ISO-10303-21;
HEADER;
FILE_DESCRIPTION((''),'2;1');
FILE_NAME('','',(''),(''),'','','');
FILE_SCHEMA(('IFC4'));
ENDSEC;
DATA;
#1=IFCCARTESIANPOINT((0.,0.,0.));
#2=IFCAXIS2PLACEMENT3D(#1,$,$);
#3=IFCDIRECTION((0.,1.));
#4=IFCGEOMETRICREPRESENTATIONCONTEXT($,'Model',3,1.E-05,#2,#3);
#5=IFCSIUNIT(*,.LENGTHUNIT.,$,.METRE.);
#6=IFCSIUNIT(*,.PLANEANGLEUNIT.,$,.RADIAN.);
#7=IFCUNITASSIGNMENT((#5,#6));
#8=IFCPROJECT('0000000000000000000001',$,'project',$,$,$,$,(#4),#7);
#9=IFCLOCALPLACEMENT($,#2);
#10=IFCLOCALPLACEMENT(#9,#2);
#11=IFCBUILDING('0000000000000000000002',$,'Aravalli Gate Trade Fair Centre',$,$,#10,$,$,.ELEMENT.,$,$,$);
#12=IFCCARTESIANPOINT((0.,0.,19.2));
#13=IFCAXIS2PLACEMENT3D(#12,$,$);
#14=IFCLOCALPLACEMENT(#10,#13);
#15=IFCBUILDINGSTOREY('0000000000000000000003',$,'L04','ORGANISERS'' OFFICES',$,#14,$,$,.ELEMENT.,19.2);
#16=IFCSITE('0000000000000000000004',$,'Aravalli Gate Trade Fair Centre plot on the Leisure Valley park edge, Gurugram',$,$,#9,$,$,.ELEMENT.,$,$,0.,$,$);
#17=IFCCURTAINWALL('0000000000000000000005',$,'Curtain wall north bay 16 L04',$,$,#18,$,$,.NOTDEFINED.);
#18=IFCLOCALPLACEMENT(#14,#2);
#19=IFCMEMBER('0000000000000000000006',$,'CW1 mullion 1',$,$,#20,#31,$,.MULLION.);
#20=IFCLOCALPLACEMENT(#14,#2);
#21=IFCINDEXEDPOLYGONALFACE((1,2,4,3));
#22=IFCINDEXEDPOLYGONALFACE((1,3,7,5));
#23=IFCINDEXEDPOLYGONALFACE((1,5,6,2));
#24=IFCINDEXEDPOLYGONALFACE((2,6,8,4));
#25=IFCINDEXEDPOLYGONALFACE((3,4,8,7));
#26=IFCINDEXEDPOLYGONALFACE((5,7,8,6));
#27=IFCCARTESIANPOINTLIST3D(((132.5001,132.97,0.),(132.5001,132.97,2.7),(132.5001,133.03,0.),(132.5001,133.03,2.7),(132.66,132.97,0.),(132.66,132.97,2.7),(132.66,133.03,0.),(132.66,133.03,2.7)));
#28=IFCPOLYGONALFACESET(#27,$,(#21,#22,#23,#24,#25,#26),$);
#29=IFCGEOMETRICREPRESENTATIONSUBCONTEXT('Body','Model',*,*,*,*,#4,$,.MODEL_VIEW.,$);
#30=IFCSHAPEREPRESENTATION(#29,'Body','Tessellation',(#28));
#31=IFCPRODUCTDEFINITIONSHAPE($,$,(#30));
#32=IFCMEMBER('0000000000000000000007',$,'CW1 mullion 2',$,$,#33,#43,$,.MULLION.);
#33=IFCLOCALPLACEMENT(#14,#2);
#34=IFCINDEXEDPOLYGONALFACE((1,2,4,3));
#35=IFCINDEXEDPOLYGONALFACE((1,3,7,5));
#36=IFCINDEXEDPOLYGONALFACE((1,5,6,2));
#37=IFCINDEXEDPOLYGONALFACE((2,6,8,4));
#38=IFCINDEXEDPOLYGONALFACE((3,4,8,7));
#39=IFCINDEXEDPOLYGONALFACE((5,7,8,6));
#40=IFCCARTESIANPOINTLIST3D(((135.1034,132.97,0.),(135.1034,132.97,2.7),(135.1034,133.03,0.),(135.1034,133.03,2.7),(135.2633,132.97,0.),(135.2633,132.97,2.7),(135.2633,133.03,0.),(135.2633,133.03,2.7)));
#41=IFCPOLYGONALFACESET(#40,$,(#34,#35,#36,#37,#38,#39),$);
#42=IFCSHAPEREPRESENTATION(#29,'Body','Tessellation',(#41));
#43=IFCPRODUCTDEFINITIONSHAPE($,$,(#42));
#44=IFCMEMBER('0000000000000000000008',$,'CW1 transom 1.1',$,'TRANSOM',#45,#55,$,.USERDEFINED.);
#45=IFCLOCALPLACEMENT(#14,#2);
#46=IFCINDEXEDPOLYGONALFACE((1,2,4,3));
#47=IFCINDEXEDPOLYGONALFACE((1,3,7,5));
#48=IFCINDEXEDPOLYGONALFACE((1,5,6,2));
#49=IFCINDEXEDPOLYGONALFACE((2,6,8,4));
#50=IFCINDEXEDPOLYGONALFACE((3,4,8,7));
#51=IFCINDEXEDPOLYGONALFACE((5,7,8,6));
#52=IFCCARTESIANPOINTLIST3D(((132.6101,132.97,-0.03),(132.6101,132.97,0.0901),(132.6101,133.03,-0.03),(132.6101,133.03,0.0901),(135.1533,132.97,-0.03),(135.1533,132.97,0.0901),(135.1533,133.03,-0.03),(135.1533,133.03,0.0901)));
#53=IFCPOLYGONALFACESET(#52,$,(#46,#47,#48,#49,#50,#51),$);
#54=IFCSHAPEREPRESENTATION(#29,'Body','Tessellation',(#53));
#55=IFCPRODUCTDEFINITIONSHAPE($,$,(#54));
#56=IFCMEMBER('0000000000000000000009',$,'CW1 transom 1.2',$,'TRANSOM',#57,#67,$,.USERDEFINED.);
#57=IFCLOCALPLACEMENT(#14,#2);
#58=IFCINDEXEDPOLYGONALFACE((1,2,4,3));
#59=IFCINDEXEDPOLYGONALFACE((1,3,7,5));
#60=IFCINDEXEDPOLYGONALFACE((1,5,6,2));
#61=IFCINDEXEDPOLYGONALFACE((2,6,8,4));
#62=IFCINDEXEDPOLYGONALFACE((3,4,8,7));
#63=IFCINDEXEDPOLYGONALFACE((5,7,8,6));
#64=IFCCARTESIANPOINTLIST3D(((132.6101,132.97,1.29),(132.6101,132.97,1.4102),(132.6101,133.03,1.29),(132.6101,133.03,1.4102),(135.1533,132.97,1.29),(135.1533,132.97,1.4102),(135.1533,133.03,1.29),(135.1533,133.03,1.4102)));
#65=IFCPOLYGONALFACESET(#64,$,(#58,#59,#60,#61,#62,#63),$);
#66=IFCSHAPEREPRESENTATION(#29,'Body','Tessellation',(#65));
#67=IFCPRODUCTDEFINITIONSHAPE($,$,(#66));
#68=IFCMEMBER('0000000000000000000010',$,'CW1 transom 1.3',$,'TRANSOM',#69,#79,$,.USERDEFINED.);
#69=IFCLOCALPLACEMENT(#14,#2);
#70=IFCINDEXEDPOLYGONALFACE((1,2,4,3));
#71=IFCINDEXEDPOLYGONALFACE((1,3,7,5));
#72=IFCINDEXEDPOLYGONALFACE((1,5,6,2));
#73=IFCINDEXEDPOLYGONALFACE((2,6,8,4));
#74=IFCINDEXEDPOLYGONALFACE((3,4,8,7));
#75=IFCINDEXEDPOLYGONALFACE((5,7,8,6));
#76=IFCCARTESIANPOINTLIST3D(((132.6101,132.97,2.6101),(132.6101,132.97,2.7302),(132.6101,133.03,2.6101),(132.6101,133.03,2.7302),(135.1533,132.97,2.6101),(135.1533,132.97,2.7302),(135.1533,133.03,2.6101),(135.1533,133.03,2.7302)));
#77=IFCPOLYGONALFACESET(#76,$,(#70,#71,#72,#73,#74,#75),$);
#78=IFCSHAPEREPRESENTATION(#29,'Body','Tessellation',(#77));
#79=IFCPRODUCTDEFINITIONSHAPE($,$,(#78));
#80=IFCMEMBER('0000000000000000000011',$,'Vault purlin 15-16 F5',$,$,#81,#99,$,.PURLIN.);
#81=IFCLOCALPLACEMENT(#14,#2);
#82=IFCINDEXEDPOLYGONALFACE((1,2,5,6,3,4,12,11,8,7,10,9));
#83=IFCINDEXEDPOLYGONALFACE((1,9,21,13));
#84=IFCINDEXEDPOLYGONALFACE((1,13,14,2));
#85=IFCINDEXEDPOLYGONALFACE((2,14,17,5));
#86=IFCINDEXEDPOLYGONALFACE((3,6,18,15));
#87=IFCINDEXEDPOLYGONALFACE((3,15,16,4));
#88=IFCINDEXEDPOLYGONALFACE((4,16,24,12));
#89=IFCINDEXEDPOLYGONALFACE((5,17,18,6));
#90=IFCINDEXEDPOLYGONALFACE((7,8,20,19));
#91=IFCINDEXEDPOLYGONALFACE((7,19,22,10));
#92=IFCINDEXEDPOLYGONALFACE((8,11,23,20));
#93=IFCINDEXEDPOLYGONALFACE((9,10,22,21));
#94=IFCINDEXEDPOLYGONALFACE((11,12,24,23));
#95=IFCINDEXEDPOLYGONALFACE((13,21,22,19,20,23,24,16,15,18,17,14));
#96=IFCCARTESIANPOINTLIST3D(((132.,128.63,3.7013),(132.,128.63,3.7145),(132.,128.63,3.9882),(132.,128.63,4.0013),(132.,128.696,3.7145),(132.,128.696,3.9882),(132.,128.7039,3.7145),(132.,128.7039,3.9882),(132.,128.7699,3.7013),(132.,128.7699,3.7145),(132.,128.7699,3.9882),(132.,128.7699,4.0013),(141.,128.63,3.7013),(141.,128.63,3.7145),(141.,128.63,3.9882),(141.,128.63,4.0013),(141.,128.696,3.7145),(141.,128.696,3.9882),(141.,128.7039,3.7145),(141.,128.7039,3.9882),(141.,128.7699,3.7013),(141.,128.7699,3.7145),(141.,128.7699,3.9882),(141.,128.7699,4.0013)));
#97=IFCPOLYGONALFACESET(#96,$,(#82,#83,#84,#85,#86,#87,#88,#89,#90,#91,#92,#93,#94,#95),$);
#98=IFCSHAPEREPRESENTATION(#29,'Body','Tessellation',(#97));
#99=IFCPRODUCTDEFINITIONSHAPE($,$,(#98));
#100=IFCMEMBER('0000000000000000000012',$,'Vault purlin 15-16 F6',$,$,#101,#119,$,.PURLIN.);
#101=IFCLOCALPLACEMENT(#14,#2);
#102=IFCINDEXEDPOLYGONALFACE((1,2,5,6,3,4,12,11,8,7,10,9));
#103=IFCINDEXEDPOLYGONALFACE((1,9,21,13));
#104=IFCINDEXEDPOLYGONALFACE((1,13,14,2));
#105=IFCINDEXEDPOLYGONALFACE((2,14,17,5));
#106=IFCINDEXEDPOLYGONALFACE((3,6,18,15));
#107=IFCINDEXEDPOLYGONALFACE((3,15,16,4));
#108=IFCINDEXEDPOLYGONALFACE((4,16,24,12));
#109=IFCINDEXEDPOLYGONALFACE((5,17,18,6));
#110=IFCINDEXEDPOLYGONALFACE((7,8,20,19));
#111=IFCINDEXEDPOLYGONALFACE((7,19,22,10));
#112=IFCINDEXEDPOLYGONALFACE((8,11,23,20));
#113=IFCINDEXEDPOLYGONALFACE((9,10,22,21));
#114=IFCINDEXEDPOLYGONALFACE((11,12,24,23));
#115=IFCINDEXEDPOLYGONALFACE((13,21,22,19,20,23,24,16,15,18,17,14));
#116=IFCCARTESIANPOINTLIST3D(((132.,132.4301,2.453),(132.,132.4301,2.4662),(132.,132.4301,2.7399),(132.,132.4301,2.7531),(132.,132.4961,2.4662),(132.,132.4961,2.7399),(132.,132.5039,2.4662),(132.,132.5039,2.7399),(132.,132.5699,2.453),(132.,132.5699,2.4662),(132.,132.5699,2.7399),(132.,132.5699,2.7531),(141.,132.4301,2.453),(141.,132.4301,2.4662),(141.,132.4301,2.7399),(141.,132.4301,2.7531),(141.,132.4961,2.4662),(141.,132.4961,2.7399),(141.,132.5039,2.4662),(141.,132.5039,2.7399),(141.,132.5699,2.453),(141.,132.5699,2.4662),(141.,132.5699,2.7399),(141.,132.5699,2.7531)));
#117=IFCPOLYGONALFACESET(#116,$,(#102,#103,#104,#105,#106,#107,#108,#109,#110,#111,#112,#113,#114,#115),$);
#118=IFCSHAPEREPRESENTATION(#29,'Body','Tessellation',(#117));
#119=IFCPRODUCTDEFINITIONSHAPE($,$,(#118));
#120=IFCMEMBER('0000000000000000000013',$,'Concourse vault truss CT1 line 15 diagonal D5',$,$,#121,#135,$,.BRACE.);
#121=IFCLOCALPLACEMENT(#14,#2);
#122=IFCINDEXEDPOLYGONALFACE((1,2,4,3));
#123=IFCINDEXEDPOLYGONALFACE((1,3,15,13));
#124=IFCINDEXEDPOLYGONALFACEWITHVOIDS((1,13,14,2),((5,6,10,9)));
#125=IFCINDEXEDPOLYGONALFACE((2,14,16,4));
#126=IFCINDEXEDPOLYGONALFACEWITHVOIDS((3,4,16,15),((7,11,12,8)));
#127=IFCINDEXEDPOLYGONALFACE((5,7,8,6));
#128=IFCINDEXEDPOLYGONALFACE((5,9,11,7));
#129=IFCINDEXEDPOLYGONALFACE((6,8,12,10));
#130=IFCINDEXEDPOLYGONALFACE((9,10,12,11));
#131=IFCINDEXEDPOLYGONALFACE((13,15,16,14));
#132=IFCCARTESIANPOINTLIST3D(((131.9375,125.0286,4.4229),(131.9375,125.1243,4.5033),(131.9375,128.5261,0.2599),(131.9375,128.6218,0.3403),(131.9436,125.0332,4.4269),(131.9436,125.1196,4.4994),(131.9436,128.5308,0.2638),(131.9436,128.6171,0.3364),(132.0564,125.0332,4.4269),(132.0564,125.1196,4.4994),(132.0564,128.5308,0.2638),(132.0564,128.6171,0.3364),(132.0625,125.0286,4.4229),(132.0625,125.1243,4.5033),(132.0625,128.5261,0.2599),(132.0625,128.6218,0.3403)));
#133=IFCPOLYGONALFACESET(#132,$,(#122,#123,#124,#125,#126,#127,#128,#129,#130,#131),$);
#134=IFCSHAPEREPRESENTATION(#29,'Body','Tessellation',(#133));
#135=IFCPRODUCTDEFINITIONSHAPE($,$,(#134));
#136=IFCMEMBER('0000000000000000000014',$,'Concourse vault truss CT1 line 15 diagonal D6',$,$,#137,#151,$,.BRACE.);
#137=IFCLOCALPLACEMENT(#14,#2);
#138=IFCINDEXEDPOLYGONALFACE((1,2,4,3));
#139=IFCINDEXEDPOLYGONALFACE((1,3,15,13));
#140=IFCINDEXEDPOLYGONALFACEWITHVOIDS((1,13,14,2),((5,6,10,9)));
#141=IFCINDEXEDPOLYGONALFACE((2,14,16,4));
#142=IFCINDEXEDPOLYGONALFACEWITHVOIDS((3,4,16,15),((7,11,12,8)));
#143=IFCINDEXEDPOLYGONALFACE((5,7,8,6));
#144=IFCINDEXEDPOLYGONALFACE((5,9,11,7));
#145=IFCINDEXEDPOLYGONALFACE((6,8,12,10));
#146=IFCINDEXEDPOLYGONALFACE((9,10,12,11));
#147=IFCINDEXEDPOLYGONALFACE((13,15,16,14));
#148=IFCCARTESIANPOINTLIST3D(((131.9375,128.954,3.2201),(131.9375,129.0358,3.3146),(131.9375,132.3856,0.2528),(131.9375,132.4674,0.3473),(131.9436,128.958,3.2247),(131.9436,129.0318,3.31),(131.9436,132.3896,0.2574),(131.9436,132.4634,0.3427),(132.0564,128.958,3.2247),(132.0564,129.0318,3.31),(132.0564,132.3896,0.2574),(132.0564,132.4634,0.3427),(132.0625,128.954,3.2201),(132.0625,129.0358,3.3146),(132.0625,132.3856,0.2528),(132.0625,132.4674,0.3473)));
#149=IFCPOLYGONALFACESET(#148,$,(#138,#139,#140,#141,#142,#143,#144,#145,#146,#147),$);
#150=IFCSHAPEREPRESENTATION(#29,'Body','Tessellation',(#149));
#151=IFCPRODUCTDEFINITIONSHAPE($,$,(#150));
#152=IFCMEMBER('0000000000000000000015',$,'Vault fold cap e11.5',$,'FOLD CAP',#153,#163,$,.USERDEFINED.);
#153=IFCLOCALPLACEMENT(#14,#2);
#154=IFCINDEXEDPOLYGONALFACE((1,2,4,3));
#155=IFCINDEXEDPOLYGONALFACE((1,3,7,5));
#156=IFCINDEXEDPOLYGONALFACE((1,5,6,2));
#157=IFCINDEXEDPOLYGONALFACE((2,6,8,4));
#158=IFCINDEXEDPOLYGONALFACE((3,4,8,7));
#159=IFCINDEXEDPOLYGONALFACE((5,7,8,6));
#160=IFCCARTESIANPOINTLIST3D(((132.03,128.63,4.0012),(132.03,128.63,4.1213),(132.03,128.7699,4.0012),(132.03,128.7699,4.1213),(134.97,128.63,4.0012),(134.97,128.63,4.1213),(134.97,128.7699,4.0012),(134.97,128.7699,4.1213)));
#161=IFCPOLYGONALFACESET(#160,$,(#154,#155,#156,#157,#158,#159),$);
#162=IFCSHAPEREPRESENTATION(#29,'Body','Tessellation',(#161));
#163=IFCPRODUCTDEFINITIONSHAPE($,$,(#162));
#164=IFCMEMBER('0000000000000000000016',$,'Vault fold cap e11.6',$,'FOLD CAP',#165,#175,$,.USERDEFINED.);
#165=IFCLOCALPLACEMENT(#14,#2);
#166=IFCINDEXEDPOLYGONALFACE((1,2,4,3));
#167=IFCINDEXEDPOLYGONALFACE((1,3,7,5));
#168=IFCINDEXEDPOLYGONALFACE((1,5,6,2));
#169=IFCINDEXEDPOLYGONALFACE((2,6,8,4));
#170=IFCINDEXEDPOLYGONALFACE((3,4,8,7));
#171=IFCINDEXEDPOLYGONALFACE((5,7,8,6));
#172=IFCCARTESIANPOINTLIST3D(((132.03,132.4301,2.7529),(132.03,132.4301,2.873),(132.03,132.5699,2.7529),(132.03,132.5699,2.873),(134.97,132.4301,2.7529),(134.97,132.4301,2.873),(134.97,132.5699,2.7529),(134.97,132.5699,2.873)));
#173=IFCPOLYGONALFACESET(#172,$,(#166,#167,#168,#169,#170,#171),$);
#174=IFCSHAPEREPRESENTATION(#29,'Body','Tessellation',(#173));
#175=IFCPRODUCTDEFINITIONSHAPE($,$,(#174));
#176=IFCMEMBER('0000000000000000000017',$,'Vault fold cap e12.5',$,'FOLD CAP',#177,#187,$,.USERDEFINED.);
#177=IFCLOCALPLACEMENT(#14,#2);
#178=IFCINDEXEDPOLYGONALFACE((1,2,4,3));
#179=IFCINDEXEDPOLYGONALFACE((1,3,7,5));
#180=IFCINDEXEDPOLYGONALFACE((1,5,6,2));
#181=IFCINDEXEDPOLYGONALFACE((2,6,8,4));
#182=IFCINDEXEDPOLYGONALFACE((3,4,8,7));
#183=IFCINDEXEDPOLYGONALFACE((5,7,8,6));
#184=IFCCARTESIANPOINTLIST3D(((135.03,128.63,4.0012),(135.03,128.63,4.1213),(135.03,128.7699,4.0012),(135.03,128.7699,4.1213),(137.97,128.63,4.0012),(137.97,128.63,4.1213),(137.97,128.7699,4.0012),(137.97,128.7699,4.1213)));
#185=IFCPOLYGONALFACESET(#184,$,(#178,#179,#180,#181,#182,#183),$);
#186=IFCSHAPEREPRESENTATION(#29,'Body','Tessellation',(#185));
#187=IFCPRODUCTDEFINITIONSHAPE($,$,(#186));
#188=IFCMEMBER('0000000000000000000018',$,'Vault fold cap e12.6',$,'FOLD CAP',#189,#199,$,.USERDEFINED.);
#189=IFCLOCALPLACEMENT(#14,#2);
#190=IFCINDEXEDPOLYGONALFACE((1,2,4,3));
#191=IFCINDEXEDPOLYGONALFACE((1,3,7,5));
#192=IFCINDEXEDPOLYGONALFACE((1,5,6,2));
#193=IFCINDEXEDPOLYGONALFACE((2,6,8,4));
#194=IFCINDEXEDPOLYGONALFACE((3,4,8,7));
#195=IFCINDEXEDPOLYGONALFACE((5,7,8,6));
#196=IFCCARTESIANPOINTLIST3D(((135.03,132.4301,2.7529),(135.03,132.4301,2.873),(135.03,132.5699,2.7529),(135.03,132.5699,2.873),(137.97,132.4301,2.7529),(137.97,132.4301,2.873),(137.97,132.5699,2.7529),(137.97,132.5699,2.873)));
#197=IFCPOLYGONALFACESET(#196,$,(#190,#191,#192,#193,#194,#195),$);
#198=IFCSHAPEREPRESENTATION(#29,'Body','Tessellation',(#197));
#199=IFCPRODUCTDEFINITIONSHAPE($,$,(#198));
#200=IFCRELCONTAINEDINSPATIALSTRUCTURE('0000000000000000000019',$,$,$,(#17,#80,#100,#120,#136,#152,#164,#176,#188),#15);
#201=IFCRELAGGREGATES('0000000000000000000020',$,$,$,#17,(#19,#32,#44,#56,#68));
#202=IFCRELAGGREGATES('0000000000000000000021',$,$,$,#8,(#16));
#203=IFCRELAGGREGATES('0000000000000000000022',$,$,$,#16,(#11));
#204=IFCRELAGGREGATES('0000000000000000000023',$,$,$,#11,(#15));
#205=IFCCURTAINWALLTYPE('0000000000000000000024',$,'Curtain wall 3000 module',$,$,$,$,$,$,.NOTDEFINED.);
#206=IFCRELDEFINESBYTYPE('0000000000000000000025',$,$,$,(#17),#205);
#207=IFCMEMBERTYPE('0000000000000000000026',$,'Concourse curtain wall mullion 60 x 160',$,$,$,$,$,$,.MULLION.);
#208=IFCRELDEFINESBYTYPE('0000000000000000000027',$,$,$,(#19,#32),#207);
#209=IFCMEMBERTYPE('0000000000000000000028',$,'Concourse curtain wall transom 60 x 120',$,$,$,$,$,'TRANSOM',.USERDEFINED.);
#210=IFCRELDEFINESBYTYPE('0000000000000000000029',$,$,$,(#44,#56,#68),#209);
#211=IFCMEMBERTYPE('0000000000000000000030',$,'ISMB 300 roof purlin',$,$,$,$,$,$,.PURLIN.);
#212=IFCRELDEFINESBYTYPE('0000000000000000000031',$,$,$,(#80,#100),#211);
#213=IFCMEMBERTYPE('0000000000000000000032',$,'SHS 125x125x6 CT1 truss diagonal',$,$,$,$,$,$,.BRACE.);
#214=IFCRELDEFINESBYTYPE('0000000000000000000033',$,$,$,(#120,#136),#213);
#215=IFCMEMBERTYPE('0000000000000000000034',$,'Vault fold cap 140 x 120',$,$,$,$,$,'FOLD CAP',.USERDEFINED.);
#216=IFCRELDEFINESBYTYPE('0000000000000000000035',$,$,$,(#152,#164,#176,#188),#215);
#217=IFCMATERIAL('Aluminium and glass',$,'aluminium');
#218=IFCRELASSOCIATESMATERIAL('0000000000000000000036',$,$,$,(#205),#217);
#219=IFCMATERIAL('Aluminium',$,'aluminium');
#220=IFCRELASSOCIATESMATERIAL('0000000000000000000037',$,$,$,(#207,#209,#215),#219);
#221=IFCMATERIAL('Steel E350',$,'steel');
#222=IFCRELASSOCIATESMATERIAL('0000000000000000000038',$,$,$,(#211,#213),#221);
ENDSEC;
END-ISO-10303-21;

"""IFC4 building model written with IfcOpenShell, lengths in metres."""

from ifc_helpers import new_model, si_unit, direction, frame, origin, origin_2d, place, context, subcontext, project, spatial, rectangle, hollow_rectangle, i_section, extrude, material, material_profile, profile_set, type_object, element, aggregate, save


model = new_model("IFC4")

# Units and contexts
model_context = context("Model", 3, precision=1e-05, world=origin(), true_north=direction((0.0, 1.0)))
body_context = subcontext(model_context, "Body", "Model", "MODEL_VIEW")
ifc_project = project(units=[si_unit("LENGTHUNIT", "METRE"), si_unit("PLANEANGLEUNIT", "RADIAN")], contexts=[model_context])

# Site, building, storey
site_placement = place(None, origin())
site = spatial("IfcSite", under=ifc_project, at=site_placement, Name="Aravalli Gate Trade Fair Centre plot on the Leisure Valley park edge, Gurugram", CompositionType="ELEMENT", RefElevation=0.0)
building_placement = place(site_placement, origin())
building = spatial("IfcBuilding", under=site, at=building_placement, Name="Aravalli Gate Trade Fair Centre", CompositionType="ELEMENT")
storey_placement = place(building_placement, frame((0.0, 0.0, 19.2)))
storey = spatial("IfcBuildingStorey", under=building, at=storey_placement, Name="L04", Description="ORGANISERS' OFFICES", CompositionType="ELEMENT", Elevation=19.2)

# Curtain wall, members
ifc_material_1 = material(Name="Aluminium and glass", Category="aluminium")
curtain_wall_type_1 = type_object("IfcCurtainWallType", Name="Curtain wall 3000 module", PredefinedType="NOTDEFINED", material=ifc_material_1)
curtain_wall_1_placement = place(storey_placement, origin())
curtain_wall_1 = element("IfcCurtainWall", 1, at=curtain_wall_1_placement, inside=storey, type_object=curtain_wall_type_1, Name="Curtain wall north bay 16 L04", PredefinedType="NOTDEFINED")
ifc_material_2 = material(Name="Aluminium", Category="aluminium")
ifc_material_profile_1 = material_profile(ifc_material_2, rectangle(XDim=0.0601, YDim=0.1599, at=origin_2d()), Name="Concourse curtain wall mullion 60 x 160")
ifc_profile_set_1 = profile_set([ifc_material_profile_1], Name="Aluminium")
member_type_1 = type_object("IfcMemberType", Name="Concourse curtain wall mullion 60 x 160", PredefinedType="MULLION", material=ifc_profile_set_1)
member_1_placement = place(storey_placement, frame((132.5801, 133.0, 0.0), z_axis=(0.0, 0.0, 1.0), x_axis=(0.0, 1.0, 0.0)))
member_1 = element("IfcMember", 2, at=member_1_placement, type_object=member_type_1, Name="CW1 mullion 1", PredefinedType="MULLION", context=body_context, shape_type="SweptSolid", body=[
    extrude(rectangle(XDim=0.0601, YDim=0.1599, at=origin_2d()), origin(), (0.0, 0.0, 1.0), 2.7),
])
member_2_placement = place(storey_placement, frame((135.1833, 133.0, 0.0), z_axis=(0.0, 0.0, 1.0), x_axis=(0.0, 1.0, 0.0)))
member_2 = element("IfcMember", 3, at=member_2_placement, type_object=member_type_1, Name="CW1 mullion 2", PredefinedType="MULLION", context=body_context, shape_type="SweptSolid", body=[
    extrude(rectangle(XDim=0.0601, YDim=0.1599, at=origin_2d()), origin(), (0.0, 0.0, 1.0), 2.7),
])
ifc_material_profile_2 = material_profile(ifc_material_2, rectangle(XDim=0.0601, YDim=0.1201, at=origin_2d()), Name="Concourse curtain wall transom 60 x 120")
ifc_profile_set_2 = profile_set([ifc_material_profile_2], Name="Aluminium")
member_type_2 = type_object("IfcMemberType", Name="Concourse curtain wall transom 60 x 120", ElementType="TRANSOM", PredefinedType="USERDEFINED", material=ifc_profile_set_2)
member_3_placement = place(storey_placement, frame((132.6101, 133.0, 0.03), z_axis=(1.0, 0.0, 0.0), x_axis=(0.0, 1.0, 0.0)))
member_3 = element("IfcMember", 4, at=member_3_placement, type_object=member_type_2, Name="CW1 transom 1.1", ObjectType="TRANSOM", PredefinedType="USERDEFINED", context=body_context, shape_type="SweptSolid", body=[
    extrude(rectangle(XDim=0.0601, YDim=0.1201, at=origin_2d()), origin(), (0.0, 0.0, 1.0), 2.5432),
])
member_4_placement = place(storey_placement, frame((132.6101, 133.0, 1.3501), z_axis=(1.0, 0.0, 0.0), x_axis=(0.0, 1.0, 0.0)))
member_4 = element("IfcMember", 5, at=member_4_placement, type_object=member_type_2, Name="CW1 transom 1.2", ObjectType="TRANSOM", PredefinedType="USERDEFINED", context=body_context, shape_type="SweptSolid", body=[
    extrude(rectangle(XDim=0.0601, YDim=0.1201, at=origin_2d()), origin(), (0.0, 0.0, 1.0), 2.5432),
])
member_5_placement = place(storey_placement, frame((132.6101, 133.0, 2.6702), z_axis=(1.0, 0.0, 0.0), x_axis=(0.0, 1.0, 0.0)))
member_5 = element("IfcMember", 6, at=member_5_placement, type_object=member_type_2, Name="CW1 transom 1.3", ObjectType="TRANSOM", PredefinedType="USERDEFINED", context=body_context, shape_type="SweptSolid", body=[
    extrude(rectangle(XDim=0.0601, YDim=0.1201, at=origin_2d()), origin(), (0.0, 0.0, 1.0), 2.5432),
])

# Members
ifc_material_3 = material(Name="Steel E350", Category="steel")
ifc_material_profile_3 = material_profile(ifc_material_3, i_section(OverallWidth=0.1399, OverallDepth=0.3, WebThickness=0.0078, FlangeThickness=0.0132, at=origin_2d()), Name="ISMB 300")
ifc_profile_set_3 = profile_set([ifc_material_profile_3], Name="Steel E350")
member_type_3 = type_object("IfcMemberType", Name="ISMB 300 roof purlin", PredefinedType="PURLIN", material=ifc_profile_set_3)
for number, where, z_axis, x_axis, name in (
    (7, (132.0, 128.7, 3.8513), (1.0, 0.0, 0.0), (0.0, 1.0, 0.0), "Vault purlin 15-16 F5"),
    (8, (132.0, 132.5, 2.603), (1.0, 0.0, 0.0), (0.0, 1.0, 0.0), "Vault purlin 15-16 F6"),
):
    element("IfcMember", number, at=place(storey_placement, frame(where, z_axis=z_axis, x_axis=x_axis)), inside=storey, type_object=member_type_3, Name=name, PredefinedType="PURLIN", context=body_context, shape_type="SweptSolid", body=[
        extrude(i_section(OverallWidth=0.1399, OverallDepth=0.3, WebThickness=0.0078, FlangeThickness=0.0132, at=origin_2d()), origin(), (0.0, 0.0, 1.0), 9.0),
    ])
ifc_material_profile_4 = material_profile(ifc_material_3, hollow_rectangle(XDim=0.125, YDim=0.125, WallThickness=0.0061, at=origin_2d()), Name="SHS 125x125x6")
ifc_profile_set_4 = profile_set([ifc_material_profile_4], Name="Steel E350")
member_type_4 = type_object("IfcMemberType", Name="SHS 125x125x6 CT1 truss diagonal", PredefinedType="BRACE", material=ifc_profile_set_4)
member_6_placement = place(storey_placement, frame((132.0, 125.0764, 4.4631), z_axis=(0.0, 0.643253, -0.765654), x_axis=(-1.0, 0.0, 0.0)))
element("IfcMember", 9, at=member_6_placement, inside=storey, type_object=member_type_4, Name="Concourse vault truss CT1 line 15 diagonal D5", PredefinedType="BRACE", context=body_context, shape_type="SweptSolid", body=[
    extrude(hollow_rectangle(XDim=0.125, YDim=0.125, WallThickness=0.0061, at=origin_2d()), origin(), (0.0, 0.0, 1.0), 5.4373),
])
member_7_placement = place(storey_placement, frame((132.0, 128.9949, 3.2673), z_axis=(0.0, 0.756431, -0.654074), x_axis=(-1.0, 0.0, 0.0)))
element("IfcMember", 10, at=member_7_placement, inside=storey, type_object=member_type_4, Name="Concourse vault truss CT1 line 15 diagonal D6", PredefinedType="BRACE", context=body_context, shape_type="SweptSolid", body=[
    extrude(hollow_rectangle(XDim=0.125, YDim=0.125, WallThickness=0.0061, at=origin_2d()), origin(), (0.0, 0.0, 1.0), 4.5366),
])
ifc_material_profile_5 = material_profile(ifc_material_2, rectangle(XDim=0.1399, YDim=0.1201, at=origin_2d()), Name="Vault fold cap 140 x 120")
ifc_profile_set_5 = profile_set([ifc_material_profile_5], Name="Aluminium")
member_type_5 = type_object("IfcMemberType", Name="Vault fold cap 140 x 120", ElementType="FOLD CAP", PredefinedType="USERDEFINED", material=ifc_profile_set_5)
for number, where, z_axis, x_axis, name in (
    (11, (132.03, 128.7, 4.0613), (1.0, 0.0, 0.0), (0.0, 1.0, 0.0), "Vault fold cap e11.5"),
    (12, (132.03, 132.5, 2.813), (1.0, 0.0, 0.0), (0.0, 1.0, 0.0), "Vault fold cap e11.6"),
    (13, (135.03, 128.7, 4.0613), (1.0, 0.0, 0.0), (0.0, 1.0, 0.0), "Vault fold cap e12.5"),
    (14, (135.03, 132.5, 2.813), (1.0, 0.0, 0.0), (0.0, 1.0, 0.0), "Vault fold cap e12.6"),
):
    element("IfcMember", number, at=place(storey_placement, frame(where, z_axis=z_axis, x_axis=x_axis)), inside=storey, type_object=member_type_5, Name=name, ObjectType="FOLD CAP", PredefinedType="USERDEFINED", context=body_context, shape_type="SweptSolid", body=[
        extrude(rectangle(XDim=0.1399, YDim=0.1201, at=origin_2d()), origin(), (0.0, 0.0, 1.0), 2.9399),
    ])

aggregate(curtain_wall_1, [member_1, member_2, member_3, member_4, member_5])

save(model, "model.ifc")
